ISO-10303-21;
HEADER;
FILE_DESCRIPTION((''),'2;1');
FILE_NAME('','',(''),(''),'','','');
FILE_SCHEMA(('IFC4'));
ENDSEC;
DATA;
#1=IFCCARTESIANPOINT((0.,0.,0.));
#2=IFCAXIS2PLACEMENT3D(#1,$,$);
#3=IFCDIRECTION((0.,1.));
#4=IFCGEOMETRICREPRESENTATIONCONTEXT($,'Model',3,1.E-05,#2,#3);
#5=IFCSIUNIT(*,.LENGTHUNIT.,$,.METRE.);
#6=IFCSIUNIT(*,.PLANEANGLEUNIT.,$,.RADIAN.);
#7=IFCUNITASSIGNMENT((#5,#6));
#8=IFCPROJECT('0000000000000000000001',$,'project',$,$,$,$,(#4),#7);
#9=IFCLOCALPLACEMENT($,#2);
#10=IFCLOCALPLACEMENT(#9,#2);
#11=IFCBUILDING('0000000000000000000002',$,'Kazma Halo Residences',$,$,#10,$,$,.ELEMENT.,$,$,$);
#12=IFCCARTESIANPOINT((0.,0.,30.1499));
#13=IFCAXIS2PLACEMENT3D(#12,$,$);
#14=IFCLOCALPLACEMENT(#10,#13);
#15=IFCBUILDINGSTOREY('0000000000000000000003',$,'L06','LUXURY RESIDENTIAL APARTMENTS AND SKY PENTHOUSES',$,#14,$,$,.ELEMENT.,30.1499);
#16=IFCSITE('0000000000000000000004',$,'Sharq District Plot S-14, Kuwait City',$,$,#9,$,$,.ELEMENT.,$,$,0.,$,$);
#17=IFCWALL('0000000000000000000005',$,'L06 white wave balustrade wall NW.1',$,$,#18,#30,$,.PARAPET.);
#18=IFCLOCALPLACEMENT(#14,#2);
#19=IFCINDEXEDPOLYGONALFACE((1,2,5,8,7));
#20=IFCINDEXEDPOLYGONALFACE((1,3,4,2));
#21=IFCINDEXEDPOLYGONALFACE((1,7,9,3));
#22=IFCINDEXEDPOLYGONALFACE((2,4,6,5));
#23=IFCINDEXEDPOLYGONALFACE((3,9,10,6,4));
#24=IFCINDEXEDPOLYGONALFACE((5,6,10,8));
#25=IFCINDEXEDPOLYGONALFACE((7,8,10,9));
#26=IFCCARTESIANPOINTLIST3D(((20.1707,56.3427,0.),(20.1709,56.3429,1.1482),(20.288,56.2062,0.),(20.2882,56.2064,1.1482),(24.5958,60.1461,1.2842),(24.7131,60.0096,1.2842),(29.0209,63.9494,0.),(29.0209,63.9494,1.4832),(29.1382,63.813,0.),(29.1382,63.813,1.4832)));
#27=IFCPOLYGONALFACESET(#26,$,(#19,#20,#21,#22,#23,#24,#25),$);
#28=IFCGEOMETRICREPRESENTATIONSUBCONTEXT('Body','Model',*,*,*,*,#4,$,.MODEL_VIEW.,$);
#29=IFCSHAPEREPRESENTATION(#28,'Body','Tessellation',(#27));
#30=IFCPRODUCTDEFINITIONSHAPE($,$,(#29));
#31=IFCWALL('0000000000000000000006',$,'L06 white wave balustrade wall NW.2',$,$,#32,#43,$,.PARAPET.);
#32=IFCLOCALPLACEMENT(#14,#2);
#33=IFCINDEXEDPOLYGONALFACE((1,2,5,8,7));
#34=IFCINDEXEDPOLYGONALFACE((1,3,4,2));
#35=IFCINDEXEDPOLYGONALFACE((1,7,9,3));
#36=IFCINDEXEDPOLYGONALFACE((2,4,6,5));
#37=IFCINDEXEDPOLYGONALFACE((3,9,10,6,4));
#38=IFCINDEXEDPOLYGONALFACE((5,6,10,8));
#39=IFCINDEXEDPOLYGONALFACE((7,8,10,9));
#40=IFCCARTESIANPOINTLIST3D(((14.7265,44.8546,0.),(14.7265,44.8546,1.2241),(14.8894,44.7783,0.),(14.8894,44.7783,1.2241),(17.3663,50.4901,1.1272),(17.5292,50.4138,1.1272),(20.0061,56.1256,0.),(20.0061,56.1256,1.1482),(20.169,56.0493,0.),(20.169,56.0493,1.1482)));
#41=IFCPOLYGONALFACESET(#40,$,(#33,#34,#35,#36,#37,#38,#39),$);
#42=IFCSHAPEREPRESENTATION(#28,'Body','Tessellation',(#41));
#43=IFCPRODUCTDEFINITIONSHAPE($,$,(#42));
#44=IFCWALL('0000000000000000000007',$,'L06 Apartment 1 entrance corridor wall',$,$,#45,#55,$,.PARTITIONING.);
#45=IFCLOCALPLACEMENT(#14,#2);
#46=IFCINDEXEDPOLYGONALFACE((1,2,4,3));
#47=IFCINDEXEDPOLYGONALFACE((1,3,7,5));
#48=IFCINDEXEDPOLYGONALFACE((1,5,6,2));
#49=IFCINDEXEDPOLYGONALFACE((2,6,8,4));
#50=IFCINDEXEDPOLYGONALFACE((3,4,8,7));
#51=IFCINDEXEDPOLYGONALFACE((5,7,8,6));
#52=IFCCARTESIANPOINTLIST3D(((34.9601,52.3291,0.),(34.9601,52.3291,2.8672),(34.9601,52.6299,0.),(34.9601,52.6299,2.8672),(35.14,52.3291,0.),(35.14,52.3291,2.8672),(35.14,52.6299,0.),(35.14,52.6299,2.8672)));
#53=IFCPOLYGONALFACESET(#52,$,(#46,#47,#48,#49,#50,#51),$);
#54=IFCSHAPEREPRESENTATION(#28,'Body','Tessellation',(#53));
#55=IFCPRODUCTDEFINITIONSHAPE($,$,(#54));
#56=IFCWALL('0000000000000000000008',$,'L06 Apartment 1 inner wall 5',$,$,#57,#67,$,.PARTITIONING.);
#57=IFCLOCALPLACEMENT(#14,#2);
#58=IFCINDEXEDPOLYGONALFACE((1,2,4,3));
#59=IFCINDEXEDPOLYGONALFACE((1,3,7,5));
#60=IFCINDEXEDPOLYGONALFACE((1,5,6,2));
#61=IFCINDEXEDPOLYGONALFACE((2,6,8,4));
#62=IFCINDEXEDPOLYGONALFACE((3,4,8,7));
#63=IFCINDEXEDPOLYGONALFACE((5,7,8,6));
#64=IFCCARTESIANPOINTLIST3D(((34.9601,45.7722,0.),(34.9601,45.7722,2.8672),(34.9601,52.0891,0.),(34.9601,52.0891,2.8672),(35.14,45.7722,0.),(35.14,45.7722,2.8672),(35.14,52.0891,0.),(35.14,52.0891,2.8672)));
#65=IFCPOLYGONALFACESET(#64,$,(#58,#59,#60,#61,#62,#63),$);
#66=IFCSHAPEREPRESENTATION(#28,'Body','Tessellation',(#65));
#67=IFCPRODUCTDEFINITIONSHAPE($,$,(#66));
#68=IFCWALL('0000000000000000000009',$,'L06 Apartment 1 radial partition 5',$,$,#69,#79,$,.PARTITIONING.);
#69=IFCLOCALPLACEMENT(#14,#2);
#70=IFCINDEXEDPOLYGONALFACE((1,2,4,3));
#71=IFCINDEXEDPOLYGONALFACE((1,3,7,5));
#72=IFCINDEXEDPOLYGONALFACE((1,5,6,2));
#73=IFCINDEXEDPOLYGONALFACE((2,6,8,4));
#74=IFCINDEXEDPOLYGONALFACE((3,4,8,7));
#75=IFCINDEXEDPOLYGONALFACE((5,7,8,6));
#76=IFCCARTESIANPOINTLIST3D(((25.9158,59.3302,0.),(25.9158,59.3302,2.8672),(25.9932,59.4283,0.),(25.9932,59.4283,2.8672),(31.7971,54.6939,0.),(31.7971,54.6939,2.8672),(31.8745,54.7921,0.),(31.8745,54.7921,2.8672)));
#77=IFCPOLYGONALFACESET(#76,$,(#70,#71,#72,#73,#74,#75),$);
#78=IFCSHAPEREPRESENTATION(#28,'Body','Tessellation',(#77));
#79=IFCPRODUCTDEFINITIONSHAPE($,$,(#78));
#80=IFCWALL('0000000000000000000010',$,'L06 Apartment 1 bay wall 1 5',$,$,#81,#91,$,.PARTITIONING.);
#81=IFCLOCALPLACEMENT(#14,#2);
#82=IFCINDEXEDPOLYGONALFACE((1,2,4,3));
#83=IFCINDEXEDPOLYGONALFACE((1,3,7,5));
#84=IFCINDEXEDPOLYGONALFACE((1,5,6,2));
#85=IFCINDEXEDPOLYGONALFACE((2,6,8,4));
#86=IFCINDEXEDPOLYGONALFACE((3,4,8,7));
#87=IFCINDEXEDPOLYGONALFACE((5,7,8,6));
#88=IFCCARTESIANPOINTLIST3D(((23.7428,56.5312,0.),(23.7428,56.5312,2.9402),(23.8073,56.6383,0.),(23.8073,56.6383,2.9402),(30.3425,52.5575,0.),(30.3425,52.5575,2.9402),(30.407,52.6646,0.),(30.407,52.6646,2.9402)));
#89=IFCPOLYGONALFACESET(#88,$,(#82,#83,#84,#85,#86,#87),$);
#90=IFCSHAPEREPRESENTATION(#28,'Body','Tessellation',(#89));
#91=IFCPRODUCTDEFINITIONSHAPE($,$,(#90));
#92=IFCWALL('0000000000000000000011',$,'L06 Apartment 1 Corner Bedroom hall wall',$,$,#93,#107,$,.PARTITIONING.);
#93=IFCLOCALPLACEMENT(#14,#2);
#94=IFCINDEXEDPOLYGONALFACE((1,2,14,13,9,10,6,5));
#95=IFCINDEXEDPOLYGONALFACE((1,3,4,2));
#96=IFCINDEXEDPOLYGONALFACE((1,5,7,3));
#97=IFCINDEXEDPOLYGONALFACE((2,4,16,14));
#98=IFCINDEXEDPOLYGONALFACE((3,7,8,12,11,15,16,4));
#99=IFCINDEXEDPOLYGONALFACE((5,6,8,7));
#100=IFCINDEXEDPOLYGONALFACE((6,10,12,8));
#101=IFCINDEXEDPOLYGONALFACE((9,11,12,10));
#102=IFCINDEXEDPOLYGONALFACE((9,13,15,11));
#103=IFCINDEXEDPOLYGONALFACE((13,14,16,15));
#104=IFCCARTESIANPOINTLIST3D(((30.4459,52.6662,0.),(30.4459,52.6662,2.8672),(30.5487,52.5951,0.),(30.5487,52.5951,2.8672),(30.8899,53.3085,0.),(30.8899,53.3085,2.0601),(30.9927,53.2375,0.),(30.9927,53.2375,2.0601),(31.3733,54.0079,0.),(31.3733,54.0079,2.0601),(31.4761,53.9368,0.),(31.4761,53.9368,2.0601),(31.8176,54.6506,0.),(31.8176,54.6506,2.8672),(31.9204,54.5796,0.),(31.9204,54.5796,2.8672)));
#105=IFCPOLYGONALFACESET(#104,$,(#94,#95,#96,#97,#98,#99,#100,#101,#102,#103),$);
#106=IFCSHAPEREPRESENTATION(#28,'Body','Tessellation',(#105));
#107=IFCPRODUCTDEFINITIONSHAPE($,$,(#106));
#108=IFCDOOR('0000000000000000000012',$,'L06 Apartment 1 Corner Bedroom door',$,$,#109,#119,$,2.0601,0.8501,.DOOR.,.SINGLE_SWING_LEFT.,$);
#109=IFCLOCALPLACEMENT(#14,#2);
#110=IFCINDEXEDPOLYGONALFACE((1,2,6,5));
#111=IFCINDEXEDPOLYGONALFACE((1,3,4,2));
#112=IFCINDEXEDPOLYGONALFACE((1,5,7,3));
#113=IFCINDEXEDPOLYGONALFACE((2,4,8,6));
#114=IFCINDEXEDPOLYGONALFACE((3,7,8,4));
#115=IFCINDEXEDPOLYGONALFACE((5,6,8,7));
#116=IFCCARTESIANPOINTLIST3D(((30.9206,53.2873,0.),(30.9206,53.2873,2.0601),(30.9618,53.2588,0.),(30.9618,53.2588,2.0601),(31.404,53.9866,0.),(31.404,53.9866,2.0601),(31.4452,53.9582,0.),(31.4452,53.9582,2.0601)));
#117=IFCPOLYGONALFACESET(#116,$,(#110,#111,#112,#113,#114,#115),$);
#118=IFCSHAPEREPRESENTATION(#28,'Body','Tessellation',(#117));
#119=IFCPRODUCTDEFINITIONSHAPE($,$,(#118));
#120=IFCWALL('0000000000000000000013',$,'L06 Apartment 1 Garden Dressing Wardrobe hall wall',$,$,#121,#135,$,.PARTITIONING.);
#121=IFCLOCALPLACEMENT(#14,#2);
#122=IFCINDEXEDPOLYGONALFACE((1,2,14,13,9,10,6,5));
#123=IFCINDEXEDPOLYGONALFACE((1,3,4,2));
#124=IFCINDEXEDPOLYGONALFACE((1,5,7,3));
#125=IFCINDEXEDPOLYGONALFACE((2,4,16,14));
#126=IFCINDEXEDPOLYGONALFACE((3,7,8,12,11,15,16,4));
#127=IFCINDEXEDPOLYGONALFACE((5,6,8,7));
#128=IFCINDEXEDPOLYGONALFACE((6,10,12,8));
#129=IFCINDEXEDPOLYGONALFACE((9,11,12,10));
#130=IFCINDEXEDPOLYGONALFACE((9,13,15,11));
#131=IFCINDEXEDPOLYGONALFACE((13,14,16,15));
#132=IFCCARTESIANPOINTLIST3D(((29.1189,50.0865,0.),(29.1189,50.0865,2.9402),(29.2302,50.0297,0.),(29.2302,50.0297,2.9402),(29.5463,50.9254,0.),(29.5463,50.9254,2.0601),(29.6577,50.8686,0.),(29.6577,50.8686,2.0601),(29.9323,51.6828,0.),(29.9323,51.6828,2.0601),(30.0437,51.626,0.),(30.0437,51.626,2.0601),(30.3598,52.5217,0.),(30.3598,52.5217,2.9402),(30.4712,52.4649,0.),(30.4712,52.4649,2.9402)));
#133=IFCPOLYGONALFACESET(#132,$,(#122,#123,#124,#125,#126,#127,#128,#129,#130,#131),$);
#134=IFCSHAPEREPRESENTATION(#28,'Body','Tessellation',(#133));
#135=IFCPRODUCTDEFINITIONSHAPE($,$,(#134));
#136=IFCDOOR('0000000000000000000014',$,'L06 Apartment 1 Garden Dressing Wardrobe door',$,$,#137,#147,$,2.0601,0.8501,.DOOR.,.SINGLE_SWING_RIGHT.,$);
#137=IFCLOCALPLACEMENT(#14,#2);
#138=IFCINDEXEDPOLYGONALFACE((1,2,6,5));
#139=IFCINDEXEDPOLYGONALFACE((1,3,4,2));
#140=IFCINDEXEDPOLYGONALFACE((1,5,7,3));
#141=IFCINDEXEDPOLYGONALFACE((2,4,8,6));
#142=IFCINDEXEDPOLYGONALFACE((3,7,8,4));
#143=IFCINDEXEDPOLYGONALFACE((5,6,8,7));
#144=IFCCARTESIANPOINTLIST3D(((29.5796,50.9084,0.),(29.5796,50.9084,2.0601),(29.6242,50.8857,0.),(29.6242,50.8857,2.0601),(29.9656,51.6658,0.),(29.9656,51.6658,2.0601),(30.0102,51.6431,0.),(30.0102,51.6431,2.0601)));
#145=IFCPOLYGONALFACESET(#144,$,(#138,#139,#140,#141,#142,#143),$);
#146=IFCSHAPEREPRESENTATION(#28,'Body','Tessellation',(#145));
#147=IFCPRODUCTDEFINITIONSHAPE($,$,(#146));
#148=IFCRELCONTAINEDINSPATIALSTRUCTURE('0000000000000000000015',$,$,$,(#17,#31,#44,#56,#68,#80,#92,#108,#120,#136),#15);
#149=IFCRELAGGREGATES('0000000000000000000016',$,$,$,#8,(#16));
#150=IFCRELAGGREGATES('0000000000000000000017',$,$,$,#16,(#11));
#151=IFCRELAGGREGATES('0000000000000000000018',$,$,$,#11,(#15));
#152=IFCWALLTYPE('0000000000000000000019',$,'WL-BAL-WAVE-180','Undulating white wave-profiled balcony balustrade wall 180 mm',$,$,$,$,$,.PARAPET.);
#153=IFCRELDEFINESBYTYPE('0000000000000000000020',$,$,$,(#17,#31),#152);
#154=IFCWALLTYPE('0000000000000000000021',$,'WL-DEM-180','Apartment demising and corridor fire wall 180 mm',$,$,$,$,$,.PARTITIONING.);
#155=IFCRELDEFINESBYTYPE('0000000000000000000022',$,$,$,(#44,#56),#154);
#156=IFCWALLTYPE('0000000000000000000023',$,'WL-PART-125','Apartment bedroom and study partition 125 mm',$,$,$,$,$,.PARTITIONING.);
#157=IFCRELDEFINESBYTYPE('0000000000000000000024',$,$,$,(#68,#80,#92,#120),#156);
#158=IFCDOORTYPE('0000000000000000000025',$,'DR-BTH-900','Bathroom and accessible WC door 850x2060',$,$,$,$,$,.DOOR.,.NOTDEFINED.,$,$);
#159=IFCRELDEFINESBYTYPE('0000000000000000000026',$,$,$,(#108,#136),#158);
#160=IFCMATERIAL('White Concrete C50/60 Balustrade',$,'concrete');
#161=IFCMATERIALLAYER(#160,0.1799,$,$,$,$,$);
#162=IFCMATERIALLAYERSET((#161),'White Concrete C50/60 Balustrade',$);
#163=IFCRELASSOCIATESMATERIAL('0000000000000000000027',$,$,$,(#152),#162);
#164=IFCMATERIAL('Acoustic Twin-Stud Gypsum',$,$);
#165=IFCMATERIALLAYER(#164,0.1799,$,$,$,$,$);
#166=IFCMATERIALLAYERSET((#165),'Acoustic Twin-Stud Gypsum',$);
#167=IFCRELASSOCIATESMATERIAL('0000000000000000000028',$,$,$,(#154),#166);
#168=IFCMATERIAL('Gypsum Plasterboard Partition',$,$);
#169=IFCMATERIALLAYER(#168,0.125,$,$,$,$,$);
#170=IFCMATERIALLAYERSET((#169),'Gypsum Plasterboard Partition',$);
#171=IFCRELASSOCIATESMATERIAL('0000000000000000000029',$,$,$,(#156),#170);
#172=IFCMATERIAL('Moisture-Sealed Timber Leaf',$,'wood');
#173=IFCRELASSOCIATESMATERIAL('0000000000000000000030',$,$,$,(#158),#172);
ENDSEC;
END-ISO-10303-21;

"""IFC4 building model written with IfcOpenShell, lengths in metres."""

from ifc_helpers import new_model, si_unit, direction, frame, frame_2d, origin, place, context, subcontext, project, spatial, polyline, rectangle, outline, extrude, material, layer, layer_set, type_object, element, fill, save


model = new_model("IFC4")

# Units and contexts
model_context = context("Model", 3, precision=1e-05, world=origin(), true_north=direction((0.0, 1.0)))
body_context = subcontext(model_context, "Body", "Model", "MODEL_VIEW")
ifc_project = project(units=[si_unit("LENGTHUNIT", "METRE"), si_unit("PLANEANGLEUNIT", "RADIAN")], contexts=[model_context])

# Site, building, storey
site_placement = place(None, origin())
site = spatial("IfcSite", under=ifc_project, at=site_placement, Name="Sharq District Plot S-14, Kuwait City", CompositionType="ELEMENT", RefElevation=0.0)
building_placement = place(site_placement, origin())
building = spatial("IfcBuilding", under=site, at=building_placement, Name="Kazma Halo Residences", CompositionType="ELEMENT")
storey_placement = place(building_placement, frame((0.0, 0.0, 30.1499)))
storey = spatial("IfcBuildingStorey", under=building, at=storey_placement, Name="L06", Description="LUXURY RESIDENTIAL APARTMENTS AND SKY PENTHOUSES", CompositionType="ELEMENT", Elevation=30.1499)

# Walls
ifc_material_1 = material(Name="White Concrete C50/60 Balustrade", Category="concrete")
ifc_layer_1 = layer(ifc_material_1, 0.1799)
ifc_layer_set_1 = layer_set([ifc_layer_1], Name="White Concrete C50/60 Balustrade")
wall_type_1 = type_object("IfcWallType", Name="WL-BAL-WAVE-180", Description="Undulating white wave-profiled balcony balustrade wall 180 mm", PredefinedType="PARAPET", material=ifc_layer_set_1)
wall_1_placement = place(storey_placement, frame((29.0796, 63.8811, 0.0), z_axis=(0.0, 0.0, 1.0), x_axis=(-0.758371, -0.651823, 0.0)))
element("IfcWall", 1, at=wall_1_placement, inside=storey, type_object=wall_type_1, Name="L06 white wave balustrade wall NW.1", PredefinedType="PARAPET", context=body_context, shape_type="SweptSolid", body=[
    extrude(outline(polyline([(0.0, 0.0), (11.6699, 0.0), (11.6697, 1.1482), (5.835, 1.2842), (0.0, 1.4832), (0.0, 0.0)])), frame((0.0, 0.0898, 0.0), z_axis=(0.0, -1.0, 0.0), x_axis=(1.0, 0.0, 0.0)), (0.0, 0.0, 1.0), 0.1799),
])
wall_2_placement = place(storey_placement, frame((20.0876, 56.0874, 0.0), z_axis=(0.0, 0.0, 1.0), x_axis=(-0.424188, -0.905574, 0.0)))
element("IfcWall", 2, at=wall_2_placement, inside=storey, type_object=wall_type_1, Name="L06 white wave balustrade wall NW.2", PredefinedType="PARAPET", context=body_context, shape_type="SweptSolid", body=[
    extrude(outline(polyline([(0.0, 0.0), (12.4463, 0.0), (12.4463, 1.2241), (6.2231, 1.1272), (0.0, 1.1482), (0.0, 0.0)])), frame((0.0, 0.0898, 0.0), z_axis=(0.0, -1.0, 0.0), x_axis=(1.0, 0.0, 0.0)), (0.0, 0.0, 1.0), 0.1799),
])
ifc_material_2 = material(Name="Acoustic Twin-Stud Gypsum")
ifc_layer_2 = layer(ifc_material_2, 0.1799)
ifc_layer_set_2 = layer_set([ifc_layer_2], Name="Acoustic Twin-Stud Gypsum")
wall_type_2 = type_object("IfcWallType", Name="WL-DEM-180", Description="Apartment demising and corridor fire wall 180 mm", PredefinedType="PARTITIONING", material=ifc_layer_set_2)
wall_3_placement = place(storey_placement, frame((35.05, 52.6299, 0.0), z_axis=(0.0, 0.0, 1.0), x_axis=(0.0, -1.0, 0.0)))
element("IfcWall", 3, at=wall_3_placement, inside=storey, type_object=wall_type_2, Name="L06 Apartment 1 entrance corridor wall", PredefinedType="PARTITIONING", context=body_context, shape_type="SweptSolid", body=[
    extrude(rectangle(XDim=0.3008, YDim=0.1799, at=frame_2d((0.1504, 0.0))), origin(), (0.0, 0.0, 1.0), 2.8672),
])
wall_4_placement = place(storey_placement, frame((35.05, 52.0891, 0.0), z_axis=(0.0, 0.0, 1.0), x_axis=(0.0, -1.0, 0.0)))
element("IfcWall", 4, at=wall_4_placement, inside=storey, type_object=wall_type_2, Name="L06 Apartment 1 inner wall 5", PredefinedType="PARTITIONING", context=body_context, shape_type="SweptSolid", body=[
    extrude(rectangle(XDim=6.3169, YDim=0.1799, at=frame_2d((3.1584, 0.0))), origin(), (0.0, 0.0, 1.0), 2.8672),
])

# Walls
ifc_material_3 = material(Name="Gypsum Plasterboard Partition")
ifc_layer_3 = layer(ifc_material_3, 0.125)
ifc_layer_set_3 = layer_set([ifc_layer_3], Name="Gypsum Plasterboard Partition")
wall_type_3 = type_object("IfcWallType", Name="WL-PART-125", Description="Apartment bedroom and study partition 125 mm", PredefinedType="PARTITIONING", material=ifc_layer_set_3)
wall_5_placement = place(storey_placement, frame((31.8359, 54.7429, 0.0), z_axis=(0.0, 0.0, 1.0), x_axis=(-0.785333, 0.619073, 0.0)))
element("IfcWall", 5, at=wall_5_placement, inside=storey, type_object=wall_type_3, Name="L06 Apartment 1 radial partition 5", PredefinedType="PARTITIONING", context=body_context, shape_type="SweptSolid", body=[
    extrude(rectangle(XDim=7.489, YDim=0.125, at=frame_2d((3.7446, 0.0))), origin(), (0.0, 0.0, 1.0), 2.8672),
])
wall_6_placement = place(storey_placement, frame((30.3748, 52.6111, 0.0), z_axis=(0.0, 0.0, 1.0), x_axis=(-0.856698, 0.515819, 0.0)))
element("IfcWall", 6, at=wall_6_placement, inside=storey, type_object=wall_type_3, Name="L06 Apartment 1 bay wall 1 5", PredefinedType="PARTITIONING", context=body_context, shape_type="SweptSolid", body=[
    extrude(rectangle(XDim=7.7036, YDim=0.125, at=frame_2d((3.8518, 0.0))), origin(), (0.0, 0.0, 1.0), 2.9402),
])

# Walls, openings, doors
wall_7_placement = place(storey_placement, frame((31.8689, 54.615, 0.0), z_axis=(0.0, 0.0, 1.0), x_axis=(-0.568589, -0.822622, 0.0)))
wall_7 = element("IfcWall", 7, at=wall_7_placement, inside=storey, type_object=wall_type_3, Name="L06 Apartment 1 Corner Bedroom hall wall", PredefinedType="PARTITIONING", context=body_context, shape_type="SweptSolid", body=[
    extrude(rectangle(XDim=2.4124, YDim=0.125, at=frame_2d((1.2061, 0.0))), origin(), (0.0, 0.0, 1.0), 2.8672),
])
opening_1_placement = place(wall_7_placement, frame((0.7812, 0.0, 0.0)))
opening_1 = element("IfcOpeningElement", 8, at=opening_1_placement, cuts=wall_7, PredefinedType="OPENING", context=body_context, shape_type="SweptSolid", body=[
    extrude(rectangle(XDim=0.8501, YDim=2.0601, at=frame_2d((0.425, 1.03))), frame((0.0, 0.0725, 0.0), z_axis=(0.0, -1.0, 0.0), x_axis=(1.0, 0.0, 0.0)), (0.0, 0.0, 1.0), 0.145),
])
ifc_material_4 = material(Name="Moisture-Sealed Timber Leaf", Category="wood")
door_type_1 = type_object("IfcDoorType", Name="DR-BTH-900", Description="Bathroom and accessible WC door 850x2060", OperationType="NOTDEFINED", PredefinedType="DOOR", material=ifc_material_4)
door_1_placement = place(opening_1_placement, origin())
door_1 = element("IfcDoor", 9, at=door_1_placement, inside=storey, type_object=door_type_1, Name="L06 Apartment 1 Corner Bedroom door", OperationType="SINGLE_SWING_LEFT", OverallHeight=2.0601, OverallWidth=0.8501, PredefinedType="DOOR", context=body_context, shape_type="SweptSolid", body=[
    extrude(rectangle(XDim=0.8501, YDim=2.0601, at=frame_2d((0.425, 1.03))), frame((0.0, 0.0249, 0.0), z_axis=(0.0, -1.0, 0.0), x_axis=(1.0, 0.0, 0.0)), (0.0, 0.0, 1.0), 0.05),
])
fill(opening_1, door_1)
wall_8_placement = place(storey_placement, frame((30.4155, 52.4934, 0.0), z_axis=(0.0, 0.0, 1.0), x_axis=(-0.454025, -0.890989, 0.0)))
wall_8 = element("IfcWall", 10, at=wall_8_placement, inside=storey, type_object=wall_type_3, Name="L06 Apartment 1 Garden Dressing Wardrobe hall wall", PredefinedType="PARTITIONING", context=body_context, shape_type="SweptSolid", body=[
    extrude(rectangle(XDim=2.7332, YDim=0.125, at=frame_2d((1.3667, 0.0))), origin(), (0.0, 0.0, 1.0), 2.9402),
])
opening_2_placement = place(wall_8_placement, frame((0.9417, 0.0, 0.0)))
opening_2 = element("IfcOpeningElement", 11, at=opening_2_placement, cuts=wall_8, PredefinedType="OPENING", context=body_context, shape_type="SweptSolid", body=[
    extrude(rectangle(XDim=0.8501, YDim=2.0601, at=frame_2d((0.425, 1.03))), frame((0.0, 0.0725, 0.0), z_axis=(0.0, -1.0, 0.0), x_axis=(1.0, 0.0, 0.0)), (0.0, 0.0, 1.0), 0.145),
])
door_2_placement = place(opening_2_placement, origin())
door_2 = element("IfcDoor", 12, at=door_2_placement, inside=storey, type_object=door_type_1, Name="L06 Apartment 1 Garden Dressing Wardrobe door", OperationType="SINGLE_SWING_RIGHT", OverallHeight=2.0601, OverallWidth=0.8501, PredefinedType="DOOR", context=body_context, shape_type="SweptSolid", body=[
    extrude(rectangle(XDim=0.8501, YDim=2.0601, at=frame_2d((0.425, 1.03))), frame((0.0, 0.0249, 0.0), z_axis=(0.0, -1.0, 0.0), x_axis=(1.0, 0.0, 0.0)), (0.0, 0.0, 1.0), 0.05),
])
fill(opening_2, door_2)

save(model, "model.ifc")
